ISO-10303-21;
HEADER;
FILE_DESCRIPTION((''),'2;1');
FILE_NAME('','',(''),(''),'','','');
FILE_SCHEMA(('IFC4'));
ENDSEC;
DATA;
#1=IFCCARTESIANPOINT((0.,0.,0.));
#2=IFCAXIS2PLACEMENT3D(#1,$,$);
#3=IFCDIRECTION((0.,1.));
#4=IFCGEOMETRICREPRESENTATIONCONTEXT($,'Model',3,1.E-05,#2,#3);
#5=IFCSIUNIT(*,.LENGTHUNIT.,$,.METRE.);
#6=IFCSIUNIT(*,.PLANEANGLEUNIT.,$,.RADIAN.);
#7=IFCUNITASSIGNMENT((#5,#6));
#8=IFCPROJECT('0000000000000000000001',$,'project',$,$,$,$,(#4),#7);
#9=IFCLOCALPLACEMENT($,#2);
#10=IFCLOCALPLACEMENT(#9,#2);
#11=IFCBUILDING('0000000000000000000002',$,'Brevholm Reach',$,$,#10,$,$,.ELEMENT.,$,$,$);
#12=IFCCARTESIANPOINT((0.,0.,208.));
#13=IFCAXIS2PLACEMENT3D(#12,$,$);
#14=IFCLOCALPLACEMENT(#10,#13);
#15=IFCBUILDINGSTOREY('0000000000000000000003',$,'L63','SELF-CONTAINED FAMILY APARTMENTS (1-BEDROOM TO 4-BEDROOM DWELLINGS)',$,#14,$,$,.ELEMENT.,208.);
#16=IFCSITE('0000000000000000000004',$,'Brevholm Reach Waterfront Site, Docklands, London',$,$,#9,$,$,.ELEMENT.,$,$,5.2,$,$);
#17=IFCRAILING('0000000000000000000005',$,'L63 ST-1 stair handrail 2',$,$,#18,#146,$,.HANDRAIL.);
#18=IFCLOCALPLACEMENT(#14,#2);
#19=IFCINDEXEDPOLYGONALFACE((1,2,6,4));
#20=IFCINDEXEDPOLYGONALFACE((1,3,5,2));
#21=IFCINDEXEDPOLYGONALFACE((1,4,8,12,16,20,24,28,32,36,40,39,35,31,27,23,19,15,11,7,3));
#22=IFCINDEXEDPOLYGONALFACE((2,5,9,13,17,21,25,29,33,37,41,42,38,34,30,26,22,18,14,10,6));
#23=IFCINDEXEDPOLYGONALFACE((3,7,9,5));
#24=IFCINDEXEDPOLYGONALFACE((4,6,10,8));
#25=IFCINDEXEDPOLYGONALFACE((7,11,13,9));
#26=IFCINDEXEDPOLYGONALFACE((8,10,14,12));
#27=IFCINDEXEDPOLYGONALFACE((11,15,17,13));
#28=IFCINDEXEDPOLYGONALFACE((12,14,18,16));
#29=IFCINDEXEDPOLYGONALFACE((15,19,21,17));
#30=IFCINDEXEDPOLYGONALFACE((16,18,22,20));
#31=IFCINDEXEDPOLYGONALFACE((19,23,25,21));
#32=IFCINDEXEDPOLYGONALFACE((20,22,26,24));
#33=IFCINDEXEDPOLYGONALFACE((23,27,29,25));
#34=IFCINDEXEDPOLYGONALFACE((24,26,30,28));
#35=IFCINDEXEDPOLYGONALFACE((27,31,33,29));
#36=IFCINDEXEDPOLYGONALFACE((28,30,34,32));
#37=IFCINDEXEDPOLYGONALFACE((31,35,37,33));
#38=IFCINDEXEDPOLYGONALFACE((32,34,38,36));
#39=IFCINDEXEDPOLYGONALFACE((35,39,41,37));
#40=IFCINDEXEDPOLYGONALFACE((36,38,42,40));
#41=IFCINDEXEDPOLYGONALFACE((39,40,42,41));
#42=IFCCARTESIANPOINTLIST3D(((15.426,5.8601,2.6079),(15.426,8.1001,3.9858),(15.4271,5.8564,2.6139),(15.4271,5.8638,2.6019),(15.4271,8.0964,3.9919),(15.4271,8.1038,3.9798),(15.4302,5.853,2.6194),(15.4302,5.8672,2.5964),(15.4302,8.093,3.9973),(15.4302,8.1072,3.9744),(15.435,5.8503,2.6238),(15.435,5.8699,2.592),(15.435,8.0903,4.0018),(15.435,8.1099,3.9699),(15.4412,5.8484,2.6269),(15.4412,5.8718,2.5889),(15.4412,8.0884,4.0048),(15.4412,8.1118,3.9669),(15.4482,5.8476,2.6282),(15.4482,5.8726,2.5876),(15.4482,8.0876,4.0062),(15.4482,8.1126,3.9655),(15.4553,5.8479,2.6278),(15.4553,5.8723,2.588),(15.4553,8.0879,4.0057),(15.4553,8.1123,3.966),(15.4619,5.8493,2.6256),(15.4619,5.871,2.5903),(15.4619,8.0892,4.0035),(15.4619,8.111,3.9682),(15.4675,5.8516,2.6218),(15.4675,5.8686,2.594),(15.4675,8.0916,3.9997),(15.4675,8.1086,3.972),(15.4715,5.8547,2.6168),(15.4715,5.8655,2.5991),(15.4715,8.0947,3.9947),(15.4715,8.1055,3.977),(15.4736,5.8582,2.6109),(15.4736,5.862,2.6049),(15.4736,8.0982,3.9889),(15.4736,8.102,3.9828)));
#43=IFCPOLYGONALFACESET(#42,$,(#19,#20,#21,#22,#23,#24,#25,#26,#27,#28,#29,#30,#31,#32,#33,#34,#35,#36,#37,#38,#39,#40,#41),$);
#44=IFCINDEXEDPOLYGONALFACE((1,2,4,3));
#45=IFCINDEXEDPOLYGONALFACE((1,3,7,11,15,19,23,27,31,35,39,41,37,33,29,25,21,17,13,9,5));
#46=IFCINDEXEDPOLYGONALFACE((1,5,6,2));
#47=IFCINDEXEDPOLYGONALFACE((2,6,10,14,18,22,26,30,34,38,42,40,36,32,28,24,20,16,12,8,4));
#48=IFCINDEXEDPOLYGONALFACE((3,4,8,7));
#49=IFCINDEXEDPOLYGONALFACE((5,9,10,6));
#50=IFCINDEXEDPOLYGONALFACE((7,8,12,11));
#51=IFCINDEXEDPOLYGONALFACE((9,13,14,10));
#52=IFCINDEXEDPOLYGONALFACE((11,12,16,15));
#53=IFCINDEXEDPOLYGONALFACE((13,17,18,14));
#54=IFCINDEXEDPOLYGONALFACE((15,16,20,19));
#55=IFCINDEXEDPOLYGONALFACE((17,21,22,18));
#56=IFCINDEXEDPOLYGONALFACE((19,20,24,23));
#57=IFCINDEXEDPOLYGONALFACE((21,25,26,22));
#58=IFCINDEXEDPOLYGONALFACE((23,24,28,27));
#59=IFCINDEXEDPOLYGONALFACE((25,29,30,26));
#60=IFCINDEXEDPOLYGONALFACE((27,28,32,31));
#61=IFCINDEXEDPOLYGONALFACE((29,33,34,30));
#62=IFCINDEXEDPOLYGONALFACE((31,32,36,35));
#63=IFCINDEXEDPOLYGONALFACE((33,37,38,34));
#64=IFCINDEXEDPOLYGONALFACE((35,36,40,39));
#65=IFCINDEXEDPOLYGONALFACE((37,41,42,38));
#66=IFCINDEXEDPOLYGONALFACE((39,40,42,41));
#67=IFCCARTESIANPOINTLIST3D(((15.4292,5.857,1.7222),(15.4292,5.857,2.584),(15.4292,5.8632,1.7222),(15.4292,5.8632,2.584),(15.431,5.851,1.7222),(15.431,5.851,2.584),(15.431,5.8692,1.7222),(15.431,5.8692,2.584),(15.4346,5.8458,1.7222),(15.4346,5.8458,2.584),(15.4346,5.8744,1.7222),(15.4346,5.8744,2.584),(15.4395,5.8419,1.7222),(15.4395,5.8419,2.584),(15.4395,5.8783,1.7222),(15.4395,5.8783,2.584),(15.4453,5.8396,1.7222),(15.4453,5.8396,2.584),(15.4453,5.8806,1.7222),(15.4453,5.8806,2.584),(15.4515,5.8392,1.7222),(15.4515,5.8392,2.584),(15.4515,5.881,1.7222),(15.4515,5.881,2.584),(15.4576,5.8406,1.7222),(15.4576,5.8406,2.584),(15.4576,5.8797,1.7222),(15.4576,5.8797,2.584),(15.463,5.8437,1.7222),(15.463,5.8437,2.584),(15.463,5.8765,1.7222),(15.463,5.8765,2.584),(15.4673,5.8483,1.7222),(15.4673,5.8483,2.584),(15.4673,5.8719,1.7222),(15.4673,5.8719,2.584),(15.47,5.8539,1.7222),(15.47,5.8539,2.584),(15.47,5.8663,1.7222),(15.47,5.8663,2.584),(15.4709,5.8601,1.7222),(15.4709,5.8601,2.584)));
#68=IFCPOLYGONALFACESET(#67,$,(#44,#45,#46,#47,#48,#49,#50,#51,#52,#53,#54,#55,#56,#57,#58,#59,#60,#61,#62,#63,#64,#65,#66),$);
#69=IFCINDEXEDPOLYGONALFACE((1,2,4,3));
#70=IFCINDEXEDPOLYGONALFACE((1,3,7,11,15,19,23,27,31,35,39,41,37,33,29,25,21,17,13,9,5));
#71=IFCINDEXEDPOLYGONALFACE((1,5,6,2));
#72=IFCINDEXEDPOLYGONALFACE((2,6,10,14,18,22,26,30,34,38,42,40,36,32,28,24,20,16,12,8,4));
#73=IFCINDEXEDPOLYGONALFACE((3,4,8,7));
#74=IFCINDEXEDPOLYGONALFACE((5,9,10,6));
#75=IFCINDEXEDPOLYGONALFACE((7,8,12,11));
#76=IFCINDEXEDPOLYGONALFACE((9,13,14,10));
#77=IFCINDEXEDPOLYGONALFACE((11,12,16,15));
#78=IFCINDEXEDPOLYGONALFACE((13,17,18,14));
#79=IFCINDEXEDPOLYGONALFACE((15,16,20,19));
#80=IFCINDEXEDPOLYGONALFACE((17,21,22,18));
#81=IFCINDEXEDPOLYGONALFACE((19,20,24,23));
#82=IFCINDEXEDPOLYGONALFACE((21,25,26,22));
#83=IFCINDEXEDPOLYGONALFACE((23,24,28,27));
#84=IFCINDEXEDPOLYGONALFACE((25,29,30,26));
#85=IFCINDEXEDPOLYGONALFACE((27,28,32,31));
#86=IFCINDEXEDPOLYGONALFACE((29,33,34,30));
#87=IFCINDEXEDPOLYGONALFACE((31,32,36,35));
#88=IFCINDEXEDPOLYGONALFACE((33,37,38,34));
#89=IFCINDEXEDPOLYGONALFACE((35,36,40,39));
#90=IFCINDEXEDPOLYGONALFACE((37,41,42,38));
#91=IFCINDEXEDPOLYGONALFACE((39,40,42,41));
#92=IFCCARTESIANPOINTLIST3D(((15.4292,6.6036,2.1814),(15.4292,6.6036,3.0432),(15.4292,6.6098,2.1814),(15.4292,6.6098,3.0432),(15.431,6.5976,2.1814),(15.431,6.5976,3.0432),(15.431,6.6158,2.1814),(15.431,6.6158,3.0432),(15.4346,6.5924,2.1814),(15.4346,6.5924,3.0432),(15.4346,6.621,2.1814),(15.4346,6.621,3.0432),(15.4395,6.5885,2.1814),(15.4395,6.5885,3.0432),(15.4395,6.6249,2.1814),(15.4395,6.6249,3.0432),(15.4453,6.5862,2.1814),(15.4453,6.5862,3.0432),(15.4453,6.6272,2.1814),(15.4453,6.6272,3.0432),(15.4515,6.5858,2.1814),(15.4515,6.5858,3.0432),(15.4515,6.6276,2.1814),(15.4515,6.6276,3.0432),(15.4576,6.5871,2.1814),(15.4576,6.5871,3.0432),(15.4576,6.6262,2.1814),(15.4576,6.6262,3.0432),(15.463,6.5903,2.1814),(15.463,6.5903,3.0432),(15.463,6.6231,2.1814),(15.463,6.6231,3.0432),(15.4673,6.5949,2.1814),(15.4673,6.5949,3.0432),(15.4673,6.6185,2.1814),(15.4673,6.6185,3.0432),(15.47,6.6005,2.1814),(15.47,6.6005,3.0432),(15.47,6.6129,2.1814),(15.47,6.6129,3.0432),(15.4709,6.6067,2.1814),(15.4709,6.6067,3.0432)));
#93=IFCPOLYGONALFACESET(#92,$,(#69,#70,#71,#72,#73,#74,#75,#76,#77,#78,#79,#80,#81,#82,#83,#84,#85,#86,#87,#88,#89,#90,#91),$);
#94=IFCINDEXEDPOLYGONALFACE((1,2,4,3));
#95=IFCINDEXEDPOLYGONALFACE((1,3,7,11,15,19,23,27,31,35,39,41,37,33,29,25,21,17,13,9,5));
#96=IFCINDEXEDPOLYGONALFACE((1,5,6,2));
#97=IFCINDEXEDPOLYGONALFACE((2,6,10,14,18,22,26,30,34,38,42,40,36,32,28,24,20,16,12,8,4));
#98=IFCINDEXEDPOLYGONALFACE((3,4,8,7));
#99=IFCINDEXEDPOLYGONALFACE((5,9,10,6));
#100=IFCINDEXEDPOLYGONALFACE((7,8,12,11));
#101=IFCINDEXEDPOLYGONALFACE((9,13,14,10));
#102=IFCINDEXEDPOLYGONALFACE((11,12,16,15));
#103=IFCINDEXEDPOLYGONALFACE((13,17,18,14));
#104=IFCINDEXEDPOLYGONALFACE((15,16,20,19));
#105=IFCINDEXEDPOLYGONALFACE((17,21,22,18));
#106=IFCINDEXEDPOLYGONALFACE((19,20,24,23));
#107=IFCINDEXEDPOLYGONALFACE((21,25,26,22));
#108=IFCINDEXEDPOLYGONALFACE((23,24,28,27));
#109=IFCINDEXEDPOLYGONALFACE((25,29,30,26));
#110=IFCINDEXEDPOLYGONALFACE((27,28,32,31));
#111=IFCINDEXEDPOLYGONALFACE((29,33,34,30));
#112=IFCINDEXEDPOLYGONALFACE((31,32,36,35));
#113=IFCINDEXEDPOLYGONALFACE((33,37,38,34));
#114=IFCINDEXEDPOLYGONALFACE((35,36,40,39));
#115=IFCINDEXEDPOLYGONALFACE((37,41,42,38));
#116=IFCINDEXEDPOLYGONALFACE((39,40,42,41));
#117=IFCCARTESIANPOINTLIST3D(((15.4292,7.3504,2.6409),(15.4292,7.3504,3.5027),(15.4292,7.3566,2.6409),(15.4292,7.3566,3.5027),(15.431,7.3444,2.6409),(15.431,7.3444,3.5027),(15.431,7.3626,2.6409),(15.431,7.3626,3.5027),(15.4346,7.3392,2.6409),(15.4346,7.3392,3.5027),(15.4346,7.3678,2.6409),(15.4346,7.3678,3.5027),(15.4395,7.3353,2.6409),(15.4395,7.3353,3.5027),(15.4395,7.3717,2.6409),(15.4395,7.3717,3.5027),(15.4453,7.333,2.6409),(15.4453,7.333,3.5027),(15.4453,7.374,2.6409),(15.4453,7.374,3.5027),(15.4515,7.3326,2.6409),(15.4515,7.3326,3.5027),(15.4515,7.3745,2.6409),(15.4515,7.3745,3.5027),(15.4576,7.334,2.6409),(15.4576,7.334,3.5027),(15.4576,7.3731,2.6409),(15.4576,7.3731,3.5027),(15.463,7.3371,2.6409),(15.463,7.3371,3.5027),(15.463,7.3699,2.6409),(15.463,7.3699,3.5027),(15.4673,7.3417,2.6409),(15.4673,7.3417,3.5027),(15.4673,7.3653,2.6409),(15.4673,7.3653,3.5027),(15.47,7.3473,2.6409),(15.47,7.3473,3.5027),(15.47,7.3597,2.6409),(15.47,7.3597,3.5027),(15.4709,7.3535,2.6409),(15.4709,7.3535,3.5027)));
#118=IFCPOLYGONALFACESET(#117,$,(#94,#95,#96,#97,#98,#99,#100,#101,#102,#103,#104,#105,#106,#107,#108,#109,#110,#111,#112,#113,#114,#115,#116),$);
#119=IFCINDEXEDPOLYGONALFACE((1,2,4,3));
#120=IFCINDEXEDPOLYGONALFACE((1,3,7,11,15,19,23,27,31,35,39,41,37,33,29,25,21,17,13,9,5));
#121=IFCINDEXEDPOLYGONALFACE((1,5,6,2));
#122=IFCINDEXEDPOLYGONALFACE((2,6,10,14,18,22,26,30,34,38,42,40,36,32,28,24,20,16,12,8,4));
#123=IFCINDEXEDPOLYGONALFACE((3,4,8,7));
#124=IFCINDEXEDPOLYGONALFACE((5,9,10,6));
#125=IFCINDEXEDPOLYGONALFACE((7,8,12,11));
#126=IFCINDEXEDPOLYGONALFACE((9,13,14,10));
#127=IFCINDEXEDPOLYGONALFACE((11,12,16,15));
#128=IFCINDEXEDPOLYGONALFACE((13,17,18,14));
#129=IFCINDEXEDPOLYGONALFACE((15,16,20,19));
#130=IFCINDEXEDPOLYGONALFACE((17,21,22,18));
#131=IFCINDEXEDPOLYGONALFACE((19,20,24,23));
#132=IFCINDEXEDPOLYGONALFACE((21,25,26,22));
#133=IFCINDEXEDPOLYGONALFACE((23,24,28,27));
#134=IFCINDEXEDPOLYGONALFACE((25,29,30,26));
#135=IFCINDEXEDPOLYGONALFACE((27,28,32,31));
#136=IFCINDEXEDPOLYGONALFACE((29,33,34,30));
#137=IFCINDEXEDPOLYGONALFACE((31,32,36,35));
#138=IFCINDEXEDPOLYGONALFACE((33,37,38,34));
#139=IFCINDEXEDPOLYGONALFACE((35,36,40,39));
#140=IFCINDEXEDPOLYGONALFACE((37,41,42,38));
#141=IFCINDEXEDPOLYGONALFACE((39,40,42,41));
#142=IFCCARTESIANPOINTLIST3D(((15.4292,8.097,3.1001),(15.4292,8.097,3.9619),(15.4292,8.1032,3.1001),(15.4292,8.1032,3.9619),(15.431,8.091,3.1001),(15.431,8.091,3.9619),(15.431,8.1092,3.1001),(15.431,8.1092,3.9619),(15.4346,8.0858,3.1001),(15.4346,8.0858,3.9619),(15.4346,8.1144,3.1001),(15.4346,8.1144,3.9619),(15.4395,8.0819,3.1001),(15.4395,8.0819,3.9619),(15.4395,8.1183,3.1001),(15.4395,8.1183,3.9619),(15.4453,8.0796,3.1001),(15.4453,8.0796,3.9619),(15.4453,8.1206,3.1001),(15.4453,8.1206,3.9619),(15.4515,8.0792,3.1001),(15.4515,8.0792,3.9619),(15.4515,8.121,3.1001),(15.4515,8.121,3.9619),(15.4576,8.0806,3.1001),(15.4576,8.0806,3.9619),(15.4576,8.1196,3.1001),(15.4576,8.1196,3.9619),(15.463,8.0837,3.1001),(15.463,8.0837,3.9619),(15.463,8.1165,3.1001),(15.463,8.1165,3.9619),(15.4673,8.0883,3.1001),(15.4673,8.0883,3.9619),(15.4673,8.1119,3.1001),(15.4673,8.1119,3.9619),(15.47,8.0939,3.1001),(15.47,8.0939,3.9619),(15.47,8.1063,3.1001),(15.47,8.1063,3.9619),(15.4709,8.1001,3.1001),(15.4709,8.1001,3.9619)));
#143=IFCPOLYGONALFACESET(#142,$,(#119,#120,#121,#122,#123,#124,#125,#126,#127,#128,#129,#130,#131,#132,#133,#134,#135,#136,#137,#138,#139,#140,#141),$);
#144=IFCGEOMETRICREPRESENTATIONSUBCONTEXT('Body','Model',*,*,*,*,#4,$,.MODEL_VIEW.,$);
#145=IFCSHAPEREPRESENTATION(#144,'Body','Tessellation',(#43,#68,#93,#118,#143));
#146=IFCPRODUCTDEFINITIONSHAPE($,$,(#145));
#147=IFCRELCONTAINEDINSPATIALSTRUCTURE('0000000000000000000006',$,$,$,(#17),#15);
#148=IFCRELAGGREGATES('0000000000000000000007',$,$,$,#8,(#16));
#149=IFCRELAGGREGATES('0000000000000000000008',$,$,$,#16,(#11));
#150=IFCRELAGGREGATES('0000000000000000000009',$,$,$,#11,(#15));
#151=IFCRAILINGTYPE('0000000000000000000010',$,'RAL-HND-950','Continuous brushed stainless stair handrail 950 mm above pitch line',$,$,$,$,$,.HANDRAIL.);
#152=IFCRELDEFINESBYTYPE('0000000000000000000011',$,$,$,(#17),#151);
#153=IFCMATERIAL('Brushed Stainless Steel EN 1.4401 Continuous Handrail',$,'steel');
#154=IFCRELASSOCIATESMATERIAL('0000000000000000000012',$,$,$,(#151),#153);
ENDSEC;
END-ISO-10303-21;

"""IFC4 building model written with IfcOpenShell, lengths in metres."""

from ifc_helpers import new_model, si_unit, direction, frame, origin, origin_2d, place, context, subcontext, project, spatial, circle, extrude, material, type_object, element, save


model = new_model("IFC4")

# Units and contexts
model_context = context("Model", 3, precision=1e-05, world=origin(), true_north=direction((0.0, 1.0)))
body_context = subcontext(model_context, "Body", "Model", "MODEL_VIEW")
ifc_project = project(units=[si_unit("LENGTHUNIT", "METRE"), si_unit("PLANEANGLEUNIT", "RADIAN")], contexts=[model_context])

# Site, building, storey
site_placement = place(None, origin())
site = spatial("IfcSite", under=ifc_project, at=site_placement, Name="Brevholm Reach Waterfront Site, Docklands, London", CompositionType="ELEMENT", RefElevation=5.2)
building_placement = place(site_placement, origin())
building = spatial("IfcBuilding", under=site, at=building_placement, Name="Brevholm Reach", CompositionType="ELEMENT")
storey_placement = place(building_placement, frame((0.0, 0.0, 208.0)))
storey = spatial("IfcBuildingStorey", under=building, at=storey_placement, Name="L63", Description="SELF-CONTAINED FAMILY APARTMENTS (1-BEDROOM TO 4-BEDROOM DWELLINGS)", CompositionType="ELEMENT", Elevation=208.0)

# Railing
ifc_material_1 = material(Name="Brushed Stainless Steel EN 1.4401 Continuous Handrail", Category="steel")
railing_type_1 = type_object("IfcRailingType", Name="RAL-HND-950", Description="Continuous brushed stainless stair handrail 950 mm above pitch line", PredefinedType="HANDRAIL", material=ifc_material_1)
railing_1_placement = place(storey_placement, frame((15.45, 5.8601, 1.7222)))
element("IfcRailing", 1, at=railing_1_placement, inside=storey, type_object=railing_type_1, Name="L63 ST-1 stair handrail 2", PredefinedType="HANDRAIL", context=body_context, shape_type="SweptSolid", body=[
    extrude(circle(Radius=0.0239, at=origin_2d()), frame((0.0, 0.0, 0.8857), z_axis=(0.0, 0.851748, 0.523952), x_axis=(-1.0, 0.0, 0.0)), (0.0, 0.0, 1.0), 2.6299),
    extrude(circle(Radius=0.021, at=origin_2d()), origin(), (0.0, 0.0, 1.0), 0.8618),
    extrude(circle(Radius=0.021, at=origin_2d()), frame((0.0, 0.7466, 0.4592)), (0.0, 0.0, 1.0), 0.8618),
    extrude(circle(Radius=0.021, at=origin_2d()), frame((0.0, 1.4934, 0.9187)), (0.0, 0.0, 1.0), 0.8618),
    extrude(circle(Radius=0.021, at=origin_2d()), frame((0.0, 2.24, 1.3779)), (0.0, 0.0, 1.0), 0.8618),
])

save(model, "model.ifc")
